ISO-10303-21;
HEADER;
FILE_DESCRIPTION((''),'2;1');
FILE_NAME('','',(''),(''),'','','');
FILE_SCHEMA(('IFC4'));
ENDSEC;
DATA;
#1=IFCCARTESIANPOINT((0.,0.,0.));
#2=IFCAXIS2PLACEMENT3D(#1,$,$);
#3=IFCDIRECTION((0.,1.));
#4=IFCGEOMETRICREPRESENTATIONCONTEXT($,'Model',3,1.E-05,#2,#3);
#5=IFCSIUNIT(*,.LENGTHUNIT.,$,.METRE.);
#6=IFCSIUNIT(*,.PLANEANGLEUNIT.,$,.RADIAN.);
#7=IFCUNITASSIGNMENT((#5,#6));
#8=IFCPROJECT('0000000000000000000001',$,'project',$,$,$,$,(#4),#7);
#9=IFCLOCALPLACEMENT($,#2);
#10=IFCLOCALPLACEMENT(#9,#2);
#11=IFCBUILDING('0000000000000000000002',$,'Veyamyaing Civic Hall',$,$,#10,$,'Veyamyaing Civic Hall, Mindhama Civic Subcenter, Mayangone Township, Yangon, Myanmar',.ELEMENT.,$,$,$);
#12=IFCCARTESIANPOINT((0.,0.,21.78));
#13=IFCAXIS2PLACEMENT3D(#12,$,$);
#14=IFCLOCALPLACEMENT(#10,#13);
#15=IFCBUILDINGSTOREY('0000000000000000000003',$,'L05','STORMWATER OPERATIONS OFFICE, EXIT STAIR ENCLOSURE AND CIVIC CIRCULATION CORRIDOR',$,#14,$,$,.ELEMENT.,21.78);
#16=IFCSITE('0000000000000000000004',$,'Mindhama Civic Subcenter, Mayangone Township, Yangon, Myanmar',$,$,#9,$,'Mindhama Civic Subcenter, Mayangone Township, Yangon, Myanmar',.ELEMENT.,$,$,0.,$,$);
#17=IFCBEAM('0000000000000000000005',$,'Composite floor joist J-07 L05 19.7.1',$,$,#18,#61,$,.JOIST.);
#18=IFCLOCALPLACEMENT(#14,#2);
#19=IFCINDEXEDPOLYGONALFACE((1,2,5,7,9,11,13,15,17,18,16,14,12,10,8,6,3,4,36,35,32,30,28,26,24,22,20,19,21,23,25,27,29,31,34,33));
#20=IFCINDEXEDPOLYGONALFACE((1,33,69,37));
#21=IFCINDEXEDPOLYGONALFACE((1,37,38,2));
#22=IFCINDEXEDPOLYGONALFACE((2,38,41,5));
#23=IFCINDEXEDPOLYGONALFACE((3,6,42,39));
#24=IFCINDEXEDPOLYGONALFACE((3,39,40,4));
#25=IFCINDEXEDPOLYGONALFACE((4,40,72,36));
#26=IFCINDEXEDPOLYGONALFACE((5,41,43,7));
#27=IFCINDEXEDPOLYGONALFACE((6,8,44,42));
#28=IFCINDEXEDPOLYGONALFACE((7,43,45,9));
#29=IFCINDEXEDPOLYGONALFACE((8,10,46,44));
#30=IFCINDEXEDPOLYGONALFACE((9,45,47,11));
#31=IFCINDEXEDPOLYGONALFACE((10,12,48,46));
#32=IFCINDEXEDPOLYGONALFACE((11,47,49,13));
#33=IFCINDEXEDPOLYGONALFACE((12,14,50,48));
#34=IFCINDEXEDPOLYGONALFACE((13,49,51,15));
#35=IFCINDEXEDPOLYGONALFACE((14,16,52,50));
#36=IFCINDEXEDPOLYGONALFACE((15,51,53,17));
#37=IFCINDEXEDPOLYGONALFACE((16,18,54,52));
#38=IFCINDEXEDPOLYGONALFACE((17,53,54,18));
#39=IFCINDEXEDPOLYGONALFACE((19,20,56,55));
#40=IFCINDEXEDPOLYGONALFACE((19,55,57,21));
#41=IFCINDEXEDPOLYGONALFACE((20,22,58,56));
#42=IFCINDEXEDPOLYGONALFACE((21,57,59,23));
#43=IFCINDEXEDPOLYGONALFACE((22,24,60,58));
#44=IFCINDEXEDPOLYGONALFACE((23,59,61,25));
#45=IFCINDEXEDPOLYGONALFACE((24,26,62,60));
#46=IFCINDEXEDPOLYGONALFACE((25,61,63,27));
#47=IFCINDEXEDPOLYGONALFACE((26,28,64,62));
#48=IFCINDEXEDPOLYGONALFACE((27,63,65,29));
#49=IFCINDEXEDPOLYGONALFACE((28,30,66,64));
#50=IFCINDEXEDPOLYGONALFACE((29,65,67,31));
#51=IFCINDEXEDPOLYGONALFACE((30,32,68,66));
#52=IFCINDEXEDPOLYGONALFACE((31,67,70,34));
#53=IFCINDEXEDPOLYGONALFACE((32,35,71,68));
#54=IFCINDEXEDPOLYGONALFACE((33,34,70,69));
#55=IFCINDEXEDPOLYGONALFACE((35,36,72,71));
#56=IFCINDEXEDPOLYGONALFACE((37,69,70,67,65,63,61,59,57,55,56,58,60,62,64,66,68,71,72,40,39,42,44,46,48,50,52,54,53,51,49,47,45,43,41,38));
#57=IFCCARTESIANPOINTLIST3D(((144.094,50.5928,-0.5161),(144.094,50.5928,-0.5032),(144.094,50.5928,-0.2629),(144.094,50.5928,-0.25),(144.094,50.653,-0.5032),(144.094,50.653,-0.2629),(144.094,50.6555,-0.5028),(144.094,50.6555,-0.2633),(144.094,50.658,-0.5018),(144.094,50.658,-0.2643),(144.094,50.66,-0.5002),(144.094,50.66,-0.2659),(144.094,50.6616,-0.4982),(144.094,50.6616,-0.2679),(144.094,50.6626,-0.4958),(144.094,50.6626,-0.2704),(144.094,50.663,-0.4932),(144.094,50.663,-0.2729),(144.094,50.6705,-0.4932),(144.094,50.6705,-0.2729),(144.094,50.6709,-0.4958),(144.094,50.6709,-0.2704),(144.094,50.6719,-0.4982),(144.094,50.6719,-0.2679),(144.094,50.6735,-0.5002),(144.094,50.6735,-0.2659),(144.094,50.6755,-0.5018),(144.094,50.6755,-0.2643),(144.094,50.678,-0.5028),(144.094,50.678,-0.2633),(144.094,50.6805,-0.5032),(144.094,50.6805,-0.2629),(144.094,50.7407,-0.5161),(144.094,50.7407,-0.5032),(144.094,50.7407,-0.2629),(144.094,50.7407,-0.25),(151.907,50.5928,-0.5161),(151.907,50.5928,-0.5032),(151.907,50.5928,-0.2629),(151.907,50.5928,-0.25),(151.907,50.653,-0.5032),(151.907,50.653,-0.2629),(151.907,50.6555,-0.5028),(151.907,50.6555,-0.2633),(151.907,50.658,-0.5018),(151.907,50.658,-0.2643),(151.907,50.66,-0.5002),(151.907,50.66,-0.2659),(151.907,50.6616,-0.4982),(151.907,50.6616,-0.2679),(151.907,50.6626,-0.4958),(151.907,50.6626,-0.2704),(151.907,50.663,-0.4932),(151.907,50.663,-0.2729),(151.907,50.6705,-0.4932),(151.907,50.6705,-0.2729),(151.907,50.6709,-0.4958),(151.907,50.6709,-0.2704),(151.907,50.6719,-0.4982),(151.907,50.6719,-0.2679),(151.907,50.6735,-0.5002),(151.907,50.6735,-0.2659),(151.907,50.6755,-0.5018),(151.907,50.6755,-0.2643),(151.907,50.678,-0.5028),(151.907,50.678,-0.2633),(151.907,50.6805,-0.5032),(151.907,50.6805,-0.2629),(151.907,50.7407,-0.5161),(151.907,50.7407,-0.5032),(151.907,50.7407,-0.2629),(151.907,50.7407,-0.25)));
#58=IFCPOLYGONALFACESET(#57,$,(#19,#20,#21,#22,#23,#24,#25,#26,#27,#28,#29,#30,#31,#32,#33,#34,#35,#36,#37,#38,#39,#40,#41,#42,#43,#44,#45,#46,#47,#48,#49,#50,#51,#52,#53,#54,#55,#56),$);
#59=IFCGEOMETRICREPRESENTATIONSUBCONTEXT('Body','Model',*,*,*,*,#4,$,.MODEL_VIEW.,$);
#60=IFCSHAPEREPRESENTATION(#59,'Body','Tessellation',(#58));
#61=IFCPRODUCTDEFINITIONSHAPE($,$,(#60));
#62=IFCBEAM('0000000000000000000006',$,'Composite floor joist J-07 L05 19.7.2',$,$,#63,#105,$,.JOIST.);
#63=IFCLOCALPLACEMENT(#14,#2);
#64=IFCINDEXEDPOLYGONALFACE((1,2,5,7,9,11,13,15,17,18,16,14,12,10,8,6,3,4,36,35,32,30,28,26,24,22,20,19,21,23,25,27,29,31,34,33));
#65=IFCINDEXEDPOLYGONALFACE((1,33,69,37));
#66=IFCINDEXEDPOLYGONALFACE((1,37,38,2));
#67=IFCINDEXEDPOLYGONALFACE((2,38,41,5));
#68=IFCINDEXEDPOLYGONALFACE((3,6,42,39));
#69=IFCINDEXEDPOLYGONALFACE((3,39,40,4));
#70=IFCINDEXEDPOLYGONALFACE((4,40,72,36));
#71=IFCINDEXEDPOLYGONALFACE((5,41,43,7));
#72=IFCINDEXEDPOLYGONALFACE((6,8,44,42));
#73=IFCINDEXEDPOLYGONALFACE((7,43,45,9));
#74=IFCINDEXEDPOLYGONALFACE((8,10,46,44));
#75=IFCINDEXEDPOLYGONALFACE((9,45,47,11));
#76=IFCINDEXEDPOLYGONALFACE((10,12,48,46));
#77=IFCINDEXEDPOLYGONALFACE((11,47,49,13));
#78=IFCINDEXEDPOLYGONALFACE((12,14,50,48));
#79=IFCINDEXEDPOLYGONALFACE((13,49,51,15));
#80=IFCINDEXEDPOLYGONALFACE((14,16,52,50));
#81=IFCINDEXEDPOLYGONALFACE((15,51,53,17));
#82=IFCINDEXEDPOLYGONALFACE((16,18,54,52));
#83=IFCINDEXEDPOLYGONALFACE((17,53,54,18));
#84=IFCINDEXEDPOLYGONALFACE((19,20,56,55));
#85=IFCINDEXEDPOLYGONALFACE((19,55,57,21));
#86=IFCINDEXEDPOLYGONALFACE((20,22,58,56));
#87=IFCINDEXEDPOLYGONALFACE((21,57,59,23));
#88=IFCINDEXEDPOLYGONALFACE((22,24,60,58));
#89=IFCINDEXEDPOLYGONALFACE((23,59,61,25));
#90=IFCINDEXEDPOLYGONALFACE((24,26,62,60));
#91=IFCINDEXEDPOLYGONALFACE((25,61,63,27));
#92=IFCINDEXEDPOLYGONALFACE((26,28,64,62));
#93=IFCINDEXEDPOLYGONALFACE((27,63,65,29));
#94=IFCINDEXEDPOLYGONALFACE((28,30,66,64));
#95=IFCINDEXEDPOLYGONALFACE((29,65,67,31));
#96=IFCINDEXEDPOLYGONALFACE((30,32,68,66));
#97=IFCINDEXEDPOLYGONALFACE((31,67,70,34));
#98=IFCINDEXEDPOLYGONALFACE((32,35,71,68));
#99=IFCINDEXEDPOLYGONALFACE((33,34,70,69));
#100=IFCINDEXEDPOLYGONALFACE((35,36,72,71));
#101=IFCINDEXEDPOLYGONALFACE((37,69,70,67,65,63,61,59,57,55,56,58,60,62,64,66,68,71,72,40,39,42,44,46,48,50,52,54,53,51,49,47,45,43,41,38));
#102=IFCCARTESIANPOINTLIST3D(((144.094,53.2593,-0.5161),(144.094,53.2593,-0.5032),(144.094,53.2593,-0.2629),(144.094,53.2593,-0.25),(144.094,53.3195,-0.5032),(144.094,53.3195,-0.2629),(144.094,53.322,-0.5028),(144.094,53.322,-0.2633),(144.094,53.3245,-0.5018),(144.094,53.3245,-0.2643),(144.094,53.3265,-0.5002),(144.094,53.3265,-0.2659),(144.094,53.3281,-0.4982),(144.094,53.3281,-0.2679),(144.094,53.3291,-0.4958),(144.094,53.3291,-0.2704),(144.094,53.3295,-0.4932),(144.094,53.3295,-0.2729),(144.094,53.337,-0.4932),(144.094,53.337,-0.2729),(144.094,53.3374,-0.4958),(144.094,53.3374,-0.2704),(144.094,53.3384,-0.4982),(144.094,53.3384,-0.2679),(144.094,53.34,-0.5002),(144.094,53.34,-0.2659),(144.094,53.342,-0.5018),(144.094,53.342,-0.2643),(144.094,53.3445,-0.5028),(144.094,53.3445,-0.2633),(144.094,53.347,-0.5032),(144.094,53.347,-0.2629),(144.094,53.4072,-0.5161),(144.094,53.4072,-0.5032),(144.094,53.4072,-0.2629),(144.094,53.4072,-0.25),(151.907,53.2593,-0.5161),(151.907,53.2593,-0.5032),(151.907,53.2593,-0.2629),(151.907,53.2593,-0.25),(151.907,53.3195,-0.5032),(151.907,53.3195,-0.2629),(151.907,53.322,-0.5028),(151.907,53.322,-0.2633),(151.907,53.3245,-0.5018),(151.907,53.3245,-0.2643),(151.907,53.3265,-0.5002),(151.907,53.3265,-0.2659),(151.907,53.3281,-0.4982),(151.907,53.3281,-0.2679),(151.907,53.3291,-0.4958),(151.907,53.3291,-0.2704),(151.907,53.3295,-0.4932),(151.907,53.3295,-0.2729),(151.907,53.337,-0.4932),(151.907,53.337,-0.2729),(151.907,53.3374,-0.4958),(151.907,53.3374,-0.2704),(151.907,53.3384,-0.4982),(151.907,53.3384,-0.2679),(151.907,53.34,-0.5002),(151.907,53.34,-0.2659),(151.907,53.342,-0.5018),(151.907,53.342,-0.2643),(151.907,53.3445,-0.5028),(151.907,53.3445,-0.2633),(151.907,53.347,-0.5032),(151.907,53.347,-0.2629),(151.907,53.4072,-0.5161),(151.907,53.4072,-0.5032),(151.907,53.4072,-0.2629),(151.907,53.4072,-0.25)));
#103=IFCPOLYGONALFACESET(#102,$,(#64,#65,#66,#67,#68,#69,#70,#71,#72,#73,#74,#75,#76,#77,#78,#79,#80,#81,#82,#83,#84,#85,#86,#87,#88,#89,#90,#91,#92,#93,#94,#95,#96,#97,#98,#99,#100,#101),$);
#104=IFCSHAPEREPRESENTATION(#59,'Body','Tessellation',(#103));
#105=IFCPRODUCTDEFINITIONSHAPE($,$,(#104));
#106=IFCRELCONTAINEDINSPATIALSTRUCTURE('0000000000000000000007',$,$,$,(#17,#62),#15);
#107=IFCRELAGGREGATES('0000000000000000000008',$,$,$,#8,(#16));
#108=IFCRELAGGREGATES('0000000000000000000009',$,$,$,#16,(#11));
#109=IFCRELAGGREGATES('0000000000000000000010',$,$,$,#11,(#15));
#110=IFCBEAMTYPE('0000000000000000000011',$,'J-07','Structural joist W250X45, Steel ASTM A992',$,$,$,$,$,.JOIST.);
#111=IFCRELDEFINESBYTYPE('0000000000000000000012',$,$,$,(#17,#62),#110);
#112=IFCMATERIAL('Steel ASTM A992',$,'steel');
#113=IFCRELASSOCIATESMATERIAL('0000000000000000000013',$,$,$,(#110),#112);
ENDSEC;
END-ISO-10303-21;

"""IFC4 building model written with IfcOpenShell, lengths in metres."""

from ifc_helpers import new_model, si_unit, direction, frame, origin, origin_2d, place, context, subcontext, project, spatial, i_section, extrude, material, material_profile, profile_set, type_object, element, save


model = new_model("IFC4")

# Units and contexts
model_context = context("Model", 3, precision=1e-05, world=origin(), true_north=direction((0.0, 1.0)))
body_context = subcontext(model_context, "Body", "Model", "MODEL_VIEW")
ifc_project = project(units=[si_unit("LENGTHUNIT", "METRE"), si_unit("PLANEANGLEUNIT", "RADIAN")], contexts=[model_context])

# Site, building, storey
site_placement = place(None, origin())
site = spatial("IfcSite", under=ifc_project, at=site_placement, Name="Mindhama Civic Subcenter, Mayangone Township, Yangon, Myanmar", LongName="Mindhama Civic Subcenter, Mayangone Township, Yangon, Myanmar", CompositionType="ELEMENT", RefElevation=0.0)
building_placement = place(site_placement, origin())
building = spatial("IfcBuilding", under=site, at=building_placement, Name="Veyamyaing Civic Hall", LongName="Veyamyaing Civic Hall, Mindhama Civic Subcenter, Mayangone Township, Yangon, Myanmar", CompositionType="ELEMENT")
storey_placement = place(building_placement, frame((0.0, 0.0, 21.78)))
storey = spatial("IfcBuildingStorey", under=building, at=storey_placement, Name="L05", Description="STORMWATER OPERATIONS OFFICE, EXIT STAIR ENCLOSURE AND CIVIC CIRCULATION CORRIDOR", CompositionType="ELEMENT", Elevation=21.78)

# Beams
ifc_material = material(Name="Steel ASTM A992", Category="steel")
ifc_material_profile_1 = material_profile(ifc_material, i_section(OverallWidth=0.1479, OverallDepth=0.2661, WebThickness=0.0076, FlangeThickness=0.0129, FilletRadius=0.01, at=origin_2d()), Name="W250X45")
ifc_profile_set_1 = profile_set([ifc_material_profile_1], Name="Steel ASTM A992")
beam_type_1 = type_object("IfcBeamType", Name="J-07", Description="Structural joist W250X45, Steel ASTM A992", PredefinedType="JOIST", material=ifc_profile_set_1)
for number, where, z_axis, x_axis, name in (
    (1, (144.094, 50.6667, -0.3831), (1.0, 0.0, 0.0), (0.0, 1.0, 0.0), "Composite floor joist J-07 L05 19.7.1"),
    (2, (144.094, 53.3333, -0.3831), (1.0, 0.0, 0.0), (0.0, 1.0, 0.0), "Composite floor joist J-07 L05 19.7.2"),
):
    element("IfcBeam", number, at=place(storey_placement, frame(where, z_axis=z_axis, x_axis=x_axis)), inside=storey, type_object=beam_type_1, Name=name, PredefinedType="JOIST", context=body_context, shape_type="SweptSolid", body=[
        extrude(i_section(OverallWidth=0.1479, OverallDepth=0.2661, WebThickness=0.0076, FlangeThickness=0.0129, FilletRadius=0.01, at=origin_2d()), origin(), (0.0, 0.0, 1.0), 7.813),
    ])

save(model, "model.ifc")
